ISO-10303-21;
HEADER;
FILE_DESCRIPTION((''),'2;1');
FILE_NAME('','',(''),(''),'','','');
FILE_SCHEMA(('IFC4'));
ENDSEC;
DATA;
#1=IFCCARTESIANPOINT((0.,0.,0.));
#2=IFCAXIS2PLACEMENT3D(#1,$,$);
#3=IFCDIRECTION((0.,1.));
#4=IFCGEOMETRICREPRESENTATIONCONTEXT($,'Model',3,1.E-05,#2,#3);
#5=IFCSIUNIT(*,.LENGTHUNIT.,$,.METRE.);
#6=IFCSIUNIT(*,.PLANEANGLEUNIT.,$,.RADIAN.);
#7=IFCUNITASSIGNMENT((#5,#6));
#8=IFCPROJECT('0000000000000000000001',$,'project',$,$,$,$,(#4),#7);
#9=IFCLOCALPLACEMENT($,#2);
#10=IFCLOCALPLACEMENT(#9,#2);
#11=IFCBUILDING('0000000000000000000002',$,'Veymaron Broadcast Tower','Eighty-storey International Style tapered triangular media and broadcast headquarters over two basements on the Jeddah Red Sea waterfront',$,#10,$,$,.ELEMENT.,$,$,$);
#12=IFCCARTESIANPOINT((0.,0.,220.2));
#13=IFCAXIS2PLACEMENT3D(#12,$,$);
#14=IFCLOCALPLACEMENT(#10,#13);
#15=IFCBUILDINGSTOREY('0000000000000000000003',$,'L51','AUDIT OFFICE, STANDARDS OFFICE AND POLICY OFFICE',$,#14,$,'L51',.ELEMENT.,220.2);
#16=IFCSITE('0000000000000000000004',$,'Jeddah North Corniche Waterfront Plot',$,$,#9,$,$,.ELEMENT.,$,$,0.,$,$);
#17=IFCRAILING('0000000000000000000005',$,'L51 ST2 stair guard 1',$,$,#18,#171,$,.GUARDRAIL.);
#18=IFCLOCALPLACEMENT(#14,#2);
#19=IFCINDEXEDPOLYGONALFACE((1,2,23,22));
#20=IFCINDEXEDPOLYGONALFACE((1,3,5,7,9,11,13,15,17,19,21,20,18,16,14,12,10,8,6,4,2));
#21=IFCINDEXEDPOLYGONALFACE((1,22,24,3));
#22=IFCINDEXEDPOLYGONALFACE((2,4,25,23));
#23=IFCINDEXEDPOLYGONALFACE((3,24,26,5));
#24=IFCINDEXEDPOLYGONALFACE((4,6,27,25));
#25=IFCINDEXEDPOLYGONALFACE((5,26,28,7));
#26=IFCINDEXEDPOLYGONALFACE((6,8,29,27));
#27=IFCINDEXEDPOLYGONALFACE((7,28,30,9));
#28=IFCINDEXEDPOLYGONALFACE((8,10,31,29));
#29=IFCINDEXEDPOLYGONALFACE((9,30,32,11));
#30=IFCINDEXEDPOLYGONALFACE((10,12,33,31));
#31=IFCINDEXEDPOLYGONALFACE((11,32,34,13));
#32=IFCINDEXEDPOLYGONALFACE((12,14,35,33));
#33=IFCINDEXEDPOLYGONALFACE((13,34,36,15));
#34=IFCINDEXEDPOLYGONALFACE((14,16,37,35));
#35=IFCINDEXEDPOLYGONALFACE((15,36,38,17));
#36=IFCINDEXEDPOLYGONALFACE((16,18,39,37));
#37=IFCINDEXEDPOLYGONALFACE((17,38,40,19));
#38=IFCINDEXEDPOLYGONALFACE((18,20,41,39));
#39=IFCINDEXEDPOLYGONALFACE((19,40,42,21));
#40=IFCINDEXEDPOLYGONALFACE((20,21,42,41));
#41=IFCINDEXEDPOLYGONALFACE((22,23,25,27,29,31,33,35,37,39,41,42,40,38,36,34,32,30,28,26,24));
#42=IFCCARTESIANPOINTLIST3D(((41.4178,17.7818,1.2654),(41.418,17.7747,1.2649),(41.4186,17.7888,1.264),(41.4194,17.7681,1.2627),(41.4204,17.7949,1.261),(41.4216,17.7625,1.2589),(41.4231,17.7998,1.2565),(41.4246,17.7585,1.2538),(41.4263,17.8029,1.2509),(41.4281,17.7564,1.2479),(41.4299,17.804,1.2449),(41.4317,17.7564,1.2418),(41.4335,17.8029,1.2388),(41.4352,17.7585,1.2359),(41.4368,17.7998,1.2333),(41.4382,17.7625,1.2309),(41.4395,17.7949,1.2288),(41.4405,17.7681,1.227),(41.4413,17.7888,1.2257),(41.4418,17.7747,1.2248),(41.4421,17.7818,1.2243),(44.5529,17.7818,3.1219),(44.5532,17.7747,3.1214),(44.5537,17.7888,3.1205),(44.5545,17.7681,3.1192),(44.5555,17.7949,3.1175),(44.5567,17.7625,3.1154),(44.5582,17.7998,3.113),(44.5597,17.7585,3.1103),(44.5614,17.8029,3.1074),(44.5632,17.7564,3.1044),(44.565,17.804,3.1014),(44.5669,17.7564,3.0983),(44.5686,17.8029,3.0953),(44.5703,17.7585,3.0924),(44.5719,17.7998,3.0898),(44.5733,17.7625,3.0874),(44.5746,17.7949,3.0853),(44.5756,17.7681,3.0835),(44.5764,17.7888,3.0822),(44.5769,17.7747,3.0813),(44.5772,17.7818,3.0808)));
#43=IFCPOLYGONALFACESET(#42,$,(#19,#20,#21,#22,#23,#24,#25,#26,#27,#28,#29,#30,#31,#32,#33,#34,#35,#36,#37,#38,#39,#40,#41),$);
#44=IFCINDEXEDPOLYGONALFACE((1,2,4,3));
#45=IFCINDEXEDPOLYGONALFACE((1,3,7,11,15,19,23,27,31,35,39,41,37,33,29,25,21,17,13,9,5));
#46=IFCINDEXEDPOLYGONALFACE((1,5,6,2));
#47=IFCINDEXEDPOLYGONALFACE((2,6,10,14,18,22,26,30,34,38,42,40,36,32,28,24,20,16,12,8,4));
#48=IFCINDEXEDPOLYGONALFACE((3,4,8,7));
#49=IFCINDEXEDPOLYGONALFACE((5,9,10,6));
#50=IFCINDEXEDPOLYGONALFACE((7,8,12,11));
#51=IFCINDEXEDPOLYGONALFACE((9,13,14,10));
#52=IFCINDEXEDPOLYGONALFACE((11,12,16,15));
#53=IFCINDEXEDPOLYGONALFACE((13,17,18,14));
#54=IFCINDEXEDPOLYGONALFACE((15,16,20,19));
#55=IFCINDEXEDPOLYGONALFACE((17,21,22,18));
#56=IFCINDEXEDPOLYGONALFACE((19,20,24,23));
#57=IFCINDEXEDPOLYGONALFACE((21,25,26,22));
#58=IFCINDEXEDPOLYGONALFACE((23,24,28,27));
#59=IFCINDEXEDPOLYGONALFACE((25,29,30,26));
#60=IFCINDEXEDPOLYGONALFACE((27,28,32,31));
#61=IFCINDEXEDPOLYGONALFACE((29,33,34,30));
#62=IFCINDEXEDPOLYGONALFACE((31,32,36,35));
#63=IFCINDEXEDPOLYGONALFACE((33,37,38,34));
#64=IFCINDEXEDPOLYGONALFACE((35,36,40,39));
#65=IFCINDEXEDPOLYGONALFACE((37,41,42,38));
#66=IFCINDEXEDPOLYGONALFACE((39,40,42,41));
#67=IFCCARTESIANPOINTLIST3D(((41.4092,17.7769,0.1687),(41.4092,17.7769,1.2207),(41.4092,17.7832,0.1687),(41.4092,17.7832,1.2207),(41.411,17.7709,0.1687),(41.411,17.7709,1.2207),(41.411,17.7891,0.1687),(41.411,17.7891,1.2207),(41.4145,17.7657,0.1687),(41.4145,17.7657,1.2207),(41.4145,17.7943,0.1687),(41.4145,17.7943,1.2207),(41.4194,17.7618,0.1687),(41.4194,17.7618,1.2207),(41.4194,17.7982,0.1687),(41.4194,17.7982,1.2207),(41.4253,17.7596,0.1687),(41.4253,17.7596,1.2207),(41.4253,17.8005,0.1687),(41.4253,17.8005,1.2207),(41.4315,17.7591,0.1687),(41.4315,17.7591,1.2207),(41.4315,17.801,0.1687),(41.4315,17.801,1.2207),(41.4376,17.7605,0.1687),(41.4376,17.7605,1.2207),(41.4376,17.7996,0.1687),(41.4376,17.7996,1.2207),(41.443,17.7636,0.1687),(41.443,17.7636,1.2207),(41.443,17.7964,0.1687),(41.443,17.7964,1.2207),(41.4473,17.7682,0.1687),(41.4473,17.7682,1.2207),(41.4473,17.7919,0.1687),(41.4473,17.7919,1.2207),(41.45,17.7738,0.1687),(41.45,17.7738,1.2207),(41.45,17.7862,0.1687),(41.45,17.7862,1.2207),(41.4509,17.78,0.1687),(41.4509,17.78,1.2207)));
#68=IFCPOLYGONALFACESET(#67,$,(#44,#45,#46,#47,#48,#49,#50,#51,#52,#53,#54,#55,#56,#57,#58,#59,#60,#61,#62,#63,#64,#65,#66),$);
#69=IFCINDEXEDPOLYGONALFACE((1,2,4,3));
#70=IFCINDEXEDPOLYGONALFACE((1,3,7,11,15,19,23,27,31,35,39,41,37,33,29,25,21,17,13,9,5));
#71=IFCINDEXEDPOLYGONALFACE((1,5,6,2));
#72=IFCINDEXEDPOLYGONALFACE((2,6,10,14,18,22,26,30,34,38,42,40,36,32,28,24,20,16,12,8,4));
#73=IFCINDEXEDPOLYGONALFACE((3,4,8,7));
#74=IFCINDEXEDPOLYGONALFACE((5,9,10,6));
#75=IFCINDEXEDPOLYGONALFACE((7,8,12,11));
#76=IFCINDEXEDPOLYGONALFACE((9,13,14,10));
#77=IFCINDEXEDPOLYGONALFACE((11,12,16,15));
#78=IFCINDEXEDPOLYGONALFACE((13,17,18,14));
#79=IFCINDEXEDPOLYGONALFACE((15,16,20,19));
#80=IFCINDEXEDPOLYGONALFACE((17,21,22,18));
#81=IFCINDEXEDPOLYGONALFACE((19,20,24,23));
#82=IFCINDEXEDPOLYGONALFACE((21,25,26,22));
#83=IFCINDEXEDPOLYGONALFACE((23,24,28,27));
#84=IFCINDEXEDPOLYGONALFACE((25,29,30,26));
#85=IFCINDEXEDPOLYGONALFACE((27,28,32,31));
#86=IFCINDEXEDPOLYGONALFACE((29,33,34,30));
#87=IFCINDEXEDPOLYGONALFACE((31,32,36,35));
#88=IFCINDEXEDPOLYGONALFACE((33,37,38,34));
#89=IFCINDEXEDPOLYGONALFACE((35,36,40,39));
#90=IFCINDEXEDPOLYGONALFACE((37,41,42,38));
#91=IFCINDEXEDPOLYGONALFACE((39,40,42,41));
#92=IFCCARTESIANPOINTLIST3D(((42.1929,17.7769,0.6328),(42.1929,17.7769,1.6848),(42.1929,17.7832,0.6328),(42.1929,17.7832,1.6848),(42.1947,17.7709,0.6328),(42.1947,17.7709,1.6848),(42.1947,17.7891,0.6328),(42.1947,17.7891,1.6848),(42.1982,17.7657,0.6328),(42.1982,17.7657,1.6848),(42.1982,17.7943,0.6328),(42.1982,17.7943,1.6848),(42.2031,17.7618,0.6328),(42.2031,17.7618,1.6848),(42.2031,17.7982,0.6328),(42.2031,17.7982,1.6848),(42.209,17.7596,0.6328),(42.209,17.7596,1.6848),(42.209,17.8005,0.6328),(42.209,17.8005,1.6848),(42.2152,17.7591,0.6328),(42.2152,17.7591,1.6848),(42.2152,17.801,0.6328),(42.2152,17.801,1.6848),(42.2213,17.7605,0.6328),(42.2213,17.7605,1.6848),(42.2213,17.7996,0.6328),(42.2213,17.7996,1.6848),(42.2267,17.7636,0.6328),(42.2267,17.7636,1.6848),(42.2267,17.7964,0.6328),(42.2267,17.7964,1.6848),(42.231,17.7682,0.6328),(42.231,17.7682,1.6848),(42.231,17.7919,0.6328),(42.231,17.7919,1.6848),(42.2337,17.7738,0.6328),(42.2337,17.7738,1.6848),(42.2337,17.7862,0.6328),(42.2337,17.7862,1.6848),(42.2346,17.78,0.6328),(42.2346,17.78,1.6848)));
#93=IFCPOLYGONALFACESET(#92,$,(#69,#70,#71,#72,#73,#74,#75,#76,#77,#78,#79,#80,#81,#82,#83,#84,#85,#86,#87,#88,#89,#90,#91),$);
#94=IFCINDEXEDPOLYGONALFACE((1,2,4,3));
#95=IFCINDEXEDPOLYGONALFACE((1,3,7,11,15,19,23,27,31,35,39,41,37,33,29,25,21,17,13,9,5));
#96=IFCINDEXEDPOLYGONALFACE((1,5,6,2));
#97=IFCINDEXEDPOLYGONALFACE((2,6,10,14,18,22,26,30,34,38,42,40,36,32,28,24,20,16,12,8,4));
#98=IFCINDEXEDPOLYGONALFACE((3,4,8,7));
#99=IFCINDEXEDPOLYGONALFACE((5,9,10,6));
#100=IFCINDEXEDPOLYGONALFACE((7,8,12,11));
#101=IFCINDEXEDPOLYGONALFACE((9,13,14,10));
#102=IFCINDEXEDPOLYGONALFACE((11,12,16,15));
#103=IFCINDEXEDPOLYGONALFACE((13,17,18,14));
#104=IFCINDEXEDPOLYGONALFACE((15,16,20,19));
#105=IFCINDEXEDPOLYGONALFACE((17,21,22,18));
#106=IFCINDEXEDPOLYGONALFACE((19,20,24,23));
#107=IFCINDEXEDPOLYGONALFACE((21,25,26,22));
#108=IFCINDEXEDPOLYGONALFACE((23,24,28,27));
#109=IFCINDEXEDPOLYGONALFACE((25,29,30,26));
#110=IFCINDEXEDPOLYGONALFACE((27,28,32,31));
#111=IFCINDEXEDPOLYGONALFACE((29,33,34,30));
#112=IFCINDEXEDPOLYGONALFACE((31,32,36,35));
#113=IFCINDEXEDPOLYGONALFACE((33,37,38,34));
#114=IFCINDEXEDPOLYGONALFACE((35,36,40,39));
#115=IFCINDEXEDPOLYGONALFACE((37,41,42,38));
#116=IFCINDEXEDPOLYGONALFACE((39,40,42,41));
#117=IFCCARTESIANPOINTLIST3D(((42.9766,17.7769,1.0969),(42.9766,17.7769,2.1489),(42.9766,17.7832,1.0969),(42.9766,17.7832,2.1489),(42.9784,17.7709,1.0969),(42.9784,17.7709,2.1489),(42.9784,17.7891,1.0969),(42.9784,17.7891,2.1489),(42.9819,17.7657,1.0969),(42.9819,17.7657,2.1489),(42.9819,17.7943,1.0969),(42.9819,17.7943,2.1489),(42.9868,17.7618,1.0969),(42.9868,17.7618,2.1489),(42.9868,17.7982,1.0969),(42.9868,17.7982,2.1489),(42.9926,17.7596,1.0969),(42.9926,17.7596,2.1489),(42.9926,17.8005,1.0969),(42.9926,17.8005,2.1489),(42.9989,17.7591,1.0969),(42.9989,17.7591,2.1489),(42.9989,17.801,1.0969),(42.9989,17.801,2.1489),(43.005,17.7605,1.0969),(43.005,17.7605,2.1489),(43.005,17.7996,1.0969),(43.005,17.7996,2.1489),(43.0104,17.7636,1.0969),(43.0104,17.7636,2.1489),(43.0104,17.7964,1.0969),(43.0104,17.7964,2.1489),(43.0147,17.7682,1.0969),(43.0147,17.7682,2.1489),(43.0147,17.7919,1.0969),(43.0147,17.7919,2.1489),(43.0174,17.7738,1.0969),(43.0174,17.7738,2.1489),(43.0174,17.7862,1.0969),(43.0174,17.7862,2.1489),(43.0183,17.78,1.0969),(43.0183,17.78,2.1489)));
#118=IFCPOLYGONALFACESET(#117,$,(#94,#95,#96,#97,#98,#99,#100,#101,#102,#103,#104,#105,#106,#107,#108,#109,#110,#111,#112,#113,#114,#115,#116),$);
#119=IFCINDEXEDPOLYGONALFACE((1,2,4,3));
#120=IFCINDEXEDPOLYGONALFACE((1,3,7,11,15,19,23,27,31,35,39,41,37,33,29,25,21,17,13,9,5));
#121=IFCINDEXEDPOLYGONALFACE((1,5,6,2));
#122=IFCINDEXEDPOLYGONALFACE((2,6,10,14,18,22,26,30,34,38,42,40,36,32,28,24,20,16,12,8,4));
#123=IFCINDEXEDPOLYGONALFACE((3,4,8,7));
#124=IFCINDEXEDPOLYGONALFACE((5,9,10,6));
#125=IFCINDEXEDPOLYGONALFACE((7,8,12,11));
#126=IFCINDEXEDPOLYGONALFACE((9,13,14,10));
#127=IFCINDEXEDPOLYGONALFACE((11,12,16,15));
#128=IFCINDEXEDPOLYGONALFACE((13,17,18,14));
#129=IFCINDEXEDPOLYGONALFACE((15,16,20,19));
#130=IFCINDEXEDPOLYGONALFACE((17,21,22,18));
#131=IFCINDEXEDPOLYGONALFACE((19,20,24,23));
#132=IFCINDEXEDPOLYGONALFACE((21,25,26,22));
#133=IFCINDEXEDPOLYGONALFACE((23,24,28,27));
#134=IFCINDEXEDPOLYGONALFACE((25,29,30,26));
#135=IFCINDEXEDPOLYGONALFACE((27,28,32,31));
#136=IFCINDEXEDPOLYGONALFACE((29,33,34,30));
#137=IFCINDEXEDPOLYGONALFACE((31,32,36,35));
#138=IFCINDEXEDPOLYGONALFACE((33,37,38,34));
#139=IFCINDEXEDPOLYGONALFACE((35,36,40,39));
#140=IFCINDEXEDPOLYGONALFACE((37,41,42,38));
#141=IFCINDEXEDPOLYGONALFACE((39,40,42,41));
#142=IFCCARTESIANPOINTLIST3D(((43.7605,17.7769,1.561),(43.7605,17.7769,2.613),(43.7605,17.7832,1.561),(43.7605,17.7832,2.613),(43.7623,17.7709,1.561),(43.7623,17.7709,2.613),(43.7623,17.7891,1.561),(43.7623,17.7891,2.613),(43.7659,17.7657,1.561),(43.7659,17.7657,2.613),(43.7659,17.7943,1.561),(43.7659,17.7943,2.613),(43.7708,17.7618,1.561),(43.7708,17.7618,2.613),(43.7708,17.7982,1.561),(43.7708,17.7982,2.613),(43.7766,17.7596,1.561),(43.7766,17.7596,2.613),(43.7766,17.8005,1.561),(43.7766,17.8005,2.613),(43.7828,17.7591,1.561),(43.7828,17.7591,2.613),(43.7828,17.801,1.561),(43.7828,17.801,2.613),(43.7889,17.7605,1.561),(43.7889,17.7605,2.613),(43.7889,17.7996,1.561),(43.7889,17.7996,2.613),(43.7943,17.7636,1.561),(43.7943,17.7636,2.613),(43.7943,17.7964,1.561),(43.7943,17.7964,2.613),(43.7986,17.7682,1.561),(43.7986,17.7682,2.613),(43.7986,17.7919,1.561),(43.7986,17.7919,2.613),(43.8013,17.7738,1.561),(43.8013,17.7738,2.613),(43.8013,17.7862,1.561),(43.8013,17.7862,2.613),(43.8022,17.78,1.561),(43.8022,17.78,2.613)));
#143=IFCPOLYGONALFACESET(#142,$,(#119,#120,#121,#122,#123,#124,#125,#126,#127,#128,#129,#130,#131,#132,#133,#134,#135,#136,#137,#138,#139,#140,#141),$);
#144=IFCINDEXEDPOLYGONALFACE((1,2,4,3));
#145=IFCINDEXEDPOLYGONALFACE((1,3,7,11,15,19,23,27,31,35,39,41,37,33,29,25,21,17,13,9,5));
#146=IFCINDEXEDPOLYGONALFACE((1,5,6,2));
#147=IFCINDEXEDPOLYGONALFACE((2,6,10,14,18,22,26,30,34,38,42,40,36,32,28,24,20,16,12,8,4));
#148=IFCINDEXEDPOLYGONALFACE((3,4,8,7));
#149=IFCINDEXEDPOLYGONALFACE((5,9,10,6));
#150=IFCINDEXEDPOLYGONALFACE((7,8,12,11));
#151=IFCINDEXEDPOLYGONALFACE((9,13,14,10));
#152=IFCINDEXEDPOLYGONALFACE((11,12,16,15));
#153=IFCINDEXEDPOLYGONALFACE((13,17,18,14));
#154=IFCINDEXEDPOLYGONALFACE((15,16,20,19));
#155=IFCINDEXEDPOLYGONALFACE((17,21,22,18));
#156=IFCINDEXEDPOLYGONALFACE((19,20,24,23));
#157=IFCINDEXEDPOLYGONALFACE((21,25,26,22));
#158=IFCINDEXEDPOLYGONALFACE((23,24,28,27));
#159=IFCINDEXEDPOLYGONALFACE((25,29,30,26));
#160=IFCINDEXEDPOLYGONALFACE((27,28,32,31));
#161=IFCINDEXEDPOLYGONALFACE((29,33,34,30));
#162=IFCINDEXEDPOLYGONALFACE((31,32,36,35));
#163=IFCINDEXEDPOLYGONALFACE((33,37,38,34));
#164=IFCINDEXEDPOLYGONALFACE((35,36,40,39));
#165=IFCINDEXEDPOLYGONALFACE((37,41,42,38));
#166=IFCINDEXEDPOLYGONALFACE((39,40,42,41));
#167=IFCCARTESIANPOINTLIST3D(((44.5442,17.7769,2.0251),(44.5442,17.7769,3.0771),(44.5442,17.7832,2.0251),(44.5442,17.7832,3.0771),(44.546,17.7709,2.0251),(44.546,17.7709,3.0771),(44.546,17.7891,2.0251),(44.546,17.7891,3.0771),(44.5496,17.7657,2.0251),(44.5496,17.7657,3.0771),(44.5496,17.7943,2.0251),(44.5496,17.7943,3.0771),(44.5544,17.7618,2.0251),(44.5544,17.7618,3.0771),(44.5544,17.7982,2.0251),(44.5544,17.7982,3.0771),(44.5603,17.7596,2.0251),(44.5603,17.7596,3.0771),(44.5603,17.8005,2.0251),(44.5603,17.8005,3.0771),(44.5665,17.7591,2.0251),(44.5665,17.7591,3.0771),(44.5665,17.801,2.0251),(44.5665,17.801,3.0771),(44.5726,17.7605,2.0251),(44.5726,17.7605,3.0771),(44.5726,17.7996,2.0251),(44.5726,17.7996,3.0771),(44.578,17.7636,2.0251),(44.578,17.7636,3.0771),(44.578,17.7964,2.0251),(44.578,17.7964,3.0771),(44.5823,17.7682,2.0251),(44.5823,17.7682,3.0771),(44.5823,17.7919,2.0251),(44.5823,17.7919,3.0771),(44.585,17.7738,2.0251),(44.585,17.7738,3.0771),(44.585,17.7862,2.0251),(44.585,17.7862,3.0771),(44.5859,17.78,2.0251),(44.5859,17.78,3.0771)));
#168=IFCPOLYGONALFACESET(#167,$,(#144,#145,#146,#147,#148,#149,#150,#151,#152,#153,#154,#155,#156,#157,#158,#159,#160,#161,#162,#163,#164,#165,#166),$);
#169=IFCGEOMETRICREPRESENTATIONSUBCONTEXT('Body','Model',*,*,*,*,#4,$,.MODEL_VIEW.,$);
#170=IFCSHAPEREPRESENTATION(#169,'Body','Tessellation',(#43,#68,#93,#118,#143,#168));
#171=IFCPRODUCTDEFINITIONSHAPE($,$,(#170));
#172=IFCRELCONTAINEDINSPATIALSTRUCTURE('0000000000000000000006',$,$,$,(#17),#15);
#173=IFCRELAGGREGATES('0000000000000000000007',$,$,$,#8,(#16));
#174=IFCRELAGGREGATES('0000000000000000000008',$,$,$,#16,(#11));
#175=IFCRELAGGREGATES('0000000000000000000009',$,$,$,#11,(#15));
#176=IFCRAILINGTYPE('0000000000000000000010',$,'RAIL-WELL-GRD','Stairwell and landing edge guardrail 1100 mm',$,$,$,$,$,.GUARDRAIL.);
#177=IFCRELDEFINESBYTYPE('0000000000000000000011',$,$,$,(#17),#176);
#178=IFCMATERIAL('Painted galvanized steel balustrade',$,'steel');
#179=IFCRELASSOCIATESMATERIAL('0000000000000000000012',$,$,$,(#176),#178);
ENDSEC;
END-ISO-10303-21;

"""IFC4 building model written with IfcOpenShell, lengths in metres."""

from ifc_helpers import new_model, si_unit, direction, frame, origin, origin_2d, place, context, subcontext, project, spatial, circle, extrude, material, type_object, element, save


model = new_model("IFC4")

# Units and contexts
model_context = context("Model", 3, precision=1e-05, world=origin(), true_north=direction((0.0, 1.0)))
body_context = subcontext(model_context, "Body", "Model", "MODEL_VIEW")
ifc_project = project(units=[si_unit("LENGTHUNIT", "METRE"), si_unit("PLANEANGLEUNIT", "RADIAN")], contexts=[model_context])

# Site, building, storey
site_placement = place(None, origin())
site = spatial("IfcSite", under=ifc_project, at=site_placement, Name="Jeddah North Corniche Waterfront Plot", CompositionType="ELEMENT", RefElevation=0.0)
building_placement = place(site_placement, origin())
building = spatial("IfcBuilding", under=site, at=building_placement, Name="Veymaron Broadcast Tower", Description="Eighty-storey International Style tapered triangular media and broadcast headquarters over two basements on the Jeddah Red Sea waterfront", CompositionType="ELEMENT")
storey_placement = place(building_placement, frame((0.0, 0.0, 220.2)))
storey = spatial("IfcBuildingStorey", under=building, at=storey_placement, Name="L51", Description="AUDIT OFFICE, STANDARDS OFFICE AND POLICY OFFICE", LongName="L51", CompositionType="ELEMENT", Elevation=220.2)

# Railing
ifc_material_1 = material(Name="Painted galvanized steel balustrade", Category="steel")
railing_type_1 = type_object("IfcRailingType", Name="RAIL-WELL-GRD", Description="Stairwell and landing edge guardrail 1100 mm", PredefinedType="GUARDRAIL", material=ifc_material_1)
railing_1_placement = place(storey_placement, frame((41.4299, 17.78, 0.1687)))
element("IfcRailing", 1, at=railing_1_placement, inside=storey, type_object=railing_type_1, Name="L51 ST2 stair guard 1", PredefinedType="GUARDRAIL", context=body_context, shape_type="SweptSolid", body=[
    extrude(circle(Radius=0.0239, at=origin_2d()), frame((0.0, 0.0, 1.0762), z_axis=(0.860453, 0.0, 0.509531), x_axis=(0.0, 1.0, 0.0)), (0.0, 0.0, 1.0), 3.6436),
    extrude(circle(Radius=0.021, at=origin_2d()), origin(), (0.0, 0.0, 1.0), 1.052),
    extrude(circle(Radius=0.021, at=origin_2d()), frame((0.7837, 0.0, 0.4641)), (0.0, 0.0, 1.0), 1.052),
    extrude(circle(Radius=0.021, at=origin_2d()), frame((1.5674, 0.0, 0.9282)), (0.0, 0.0, 1.0), 1.052),
    extrude(circle(Radius=0.021, at=origin_2d()), frame((2.3513, 0.0, 1.3923)), (0.0, 0.0, 1.0), 1.052),
    extrude(circle(Radius=0.021, at=origin_2d()), frame((3.135, 0.0, 1.8564)), (0.0, 0.0, 1.0), 1.052),
])

save(model, "model.ifc")
